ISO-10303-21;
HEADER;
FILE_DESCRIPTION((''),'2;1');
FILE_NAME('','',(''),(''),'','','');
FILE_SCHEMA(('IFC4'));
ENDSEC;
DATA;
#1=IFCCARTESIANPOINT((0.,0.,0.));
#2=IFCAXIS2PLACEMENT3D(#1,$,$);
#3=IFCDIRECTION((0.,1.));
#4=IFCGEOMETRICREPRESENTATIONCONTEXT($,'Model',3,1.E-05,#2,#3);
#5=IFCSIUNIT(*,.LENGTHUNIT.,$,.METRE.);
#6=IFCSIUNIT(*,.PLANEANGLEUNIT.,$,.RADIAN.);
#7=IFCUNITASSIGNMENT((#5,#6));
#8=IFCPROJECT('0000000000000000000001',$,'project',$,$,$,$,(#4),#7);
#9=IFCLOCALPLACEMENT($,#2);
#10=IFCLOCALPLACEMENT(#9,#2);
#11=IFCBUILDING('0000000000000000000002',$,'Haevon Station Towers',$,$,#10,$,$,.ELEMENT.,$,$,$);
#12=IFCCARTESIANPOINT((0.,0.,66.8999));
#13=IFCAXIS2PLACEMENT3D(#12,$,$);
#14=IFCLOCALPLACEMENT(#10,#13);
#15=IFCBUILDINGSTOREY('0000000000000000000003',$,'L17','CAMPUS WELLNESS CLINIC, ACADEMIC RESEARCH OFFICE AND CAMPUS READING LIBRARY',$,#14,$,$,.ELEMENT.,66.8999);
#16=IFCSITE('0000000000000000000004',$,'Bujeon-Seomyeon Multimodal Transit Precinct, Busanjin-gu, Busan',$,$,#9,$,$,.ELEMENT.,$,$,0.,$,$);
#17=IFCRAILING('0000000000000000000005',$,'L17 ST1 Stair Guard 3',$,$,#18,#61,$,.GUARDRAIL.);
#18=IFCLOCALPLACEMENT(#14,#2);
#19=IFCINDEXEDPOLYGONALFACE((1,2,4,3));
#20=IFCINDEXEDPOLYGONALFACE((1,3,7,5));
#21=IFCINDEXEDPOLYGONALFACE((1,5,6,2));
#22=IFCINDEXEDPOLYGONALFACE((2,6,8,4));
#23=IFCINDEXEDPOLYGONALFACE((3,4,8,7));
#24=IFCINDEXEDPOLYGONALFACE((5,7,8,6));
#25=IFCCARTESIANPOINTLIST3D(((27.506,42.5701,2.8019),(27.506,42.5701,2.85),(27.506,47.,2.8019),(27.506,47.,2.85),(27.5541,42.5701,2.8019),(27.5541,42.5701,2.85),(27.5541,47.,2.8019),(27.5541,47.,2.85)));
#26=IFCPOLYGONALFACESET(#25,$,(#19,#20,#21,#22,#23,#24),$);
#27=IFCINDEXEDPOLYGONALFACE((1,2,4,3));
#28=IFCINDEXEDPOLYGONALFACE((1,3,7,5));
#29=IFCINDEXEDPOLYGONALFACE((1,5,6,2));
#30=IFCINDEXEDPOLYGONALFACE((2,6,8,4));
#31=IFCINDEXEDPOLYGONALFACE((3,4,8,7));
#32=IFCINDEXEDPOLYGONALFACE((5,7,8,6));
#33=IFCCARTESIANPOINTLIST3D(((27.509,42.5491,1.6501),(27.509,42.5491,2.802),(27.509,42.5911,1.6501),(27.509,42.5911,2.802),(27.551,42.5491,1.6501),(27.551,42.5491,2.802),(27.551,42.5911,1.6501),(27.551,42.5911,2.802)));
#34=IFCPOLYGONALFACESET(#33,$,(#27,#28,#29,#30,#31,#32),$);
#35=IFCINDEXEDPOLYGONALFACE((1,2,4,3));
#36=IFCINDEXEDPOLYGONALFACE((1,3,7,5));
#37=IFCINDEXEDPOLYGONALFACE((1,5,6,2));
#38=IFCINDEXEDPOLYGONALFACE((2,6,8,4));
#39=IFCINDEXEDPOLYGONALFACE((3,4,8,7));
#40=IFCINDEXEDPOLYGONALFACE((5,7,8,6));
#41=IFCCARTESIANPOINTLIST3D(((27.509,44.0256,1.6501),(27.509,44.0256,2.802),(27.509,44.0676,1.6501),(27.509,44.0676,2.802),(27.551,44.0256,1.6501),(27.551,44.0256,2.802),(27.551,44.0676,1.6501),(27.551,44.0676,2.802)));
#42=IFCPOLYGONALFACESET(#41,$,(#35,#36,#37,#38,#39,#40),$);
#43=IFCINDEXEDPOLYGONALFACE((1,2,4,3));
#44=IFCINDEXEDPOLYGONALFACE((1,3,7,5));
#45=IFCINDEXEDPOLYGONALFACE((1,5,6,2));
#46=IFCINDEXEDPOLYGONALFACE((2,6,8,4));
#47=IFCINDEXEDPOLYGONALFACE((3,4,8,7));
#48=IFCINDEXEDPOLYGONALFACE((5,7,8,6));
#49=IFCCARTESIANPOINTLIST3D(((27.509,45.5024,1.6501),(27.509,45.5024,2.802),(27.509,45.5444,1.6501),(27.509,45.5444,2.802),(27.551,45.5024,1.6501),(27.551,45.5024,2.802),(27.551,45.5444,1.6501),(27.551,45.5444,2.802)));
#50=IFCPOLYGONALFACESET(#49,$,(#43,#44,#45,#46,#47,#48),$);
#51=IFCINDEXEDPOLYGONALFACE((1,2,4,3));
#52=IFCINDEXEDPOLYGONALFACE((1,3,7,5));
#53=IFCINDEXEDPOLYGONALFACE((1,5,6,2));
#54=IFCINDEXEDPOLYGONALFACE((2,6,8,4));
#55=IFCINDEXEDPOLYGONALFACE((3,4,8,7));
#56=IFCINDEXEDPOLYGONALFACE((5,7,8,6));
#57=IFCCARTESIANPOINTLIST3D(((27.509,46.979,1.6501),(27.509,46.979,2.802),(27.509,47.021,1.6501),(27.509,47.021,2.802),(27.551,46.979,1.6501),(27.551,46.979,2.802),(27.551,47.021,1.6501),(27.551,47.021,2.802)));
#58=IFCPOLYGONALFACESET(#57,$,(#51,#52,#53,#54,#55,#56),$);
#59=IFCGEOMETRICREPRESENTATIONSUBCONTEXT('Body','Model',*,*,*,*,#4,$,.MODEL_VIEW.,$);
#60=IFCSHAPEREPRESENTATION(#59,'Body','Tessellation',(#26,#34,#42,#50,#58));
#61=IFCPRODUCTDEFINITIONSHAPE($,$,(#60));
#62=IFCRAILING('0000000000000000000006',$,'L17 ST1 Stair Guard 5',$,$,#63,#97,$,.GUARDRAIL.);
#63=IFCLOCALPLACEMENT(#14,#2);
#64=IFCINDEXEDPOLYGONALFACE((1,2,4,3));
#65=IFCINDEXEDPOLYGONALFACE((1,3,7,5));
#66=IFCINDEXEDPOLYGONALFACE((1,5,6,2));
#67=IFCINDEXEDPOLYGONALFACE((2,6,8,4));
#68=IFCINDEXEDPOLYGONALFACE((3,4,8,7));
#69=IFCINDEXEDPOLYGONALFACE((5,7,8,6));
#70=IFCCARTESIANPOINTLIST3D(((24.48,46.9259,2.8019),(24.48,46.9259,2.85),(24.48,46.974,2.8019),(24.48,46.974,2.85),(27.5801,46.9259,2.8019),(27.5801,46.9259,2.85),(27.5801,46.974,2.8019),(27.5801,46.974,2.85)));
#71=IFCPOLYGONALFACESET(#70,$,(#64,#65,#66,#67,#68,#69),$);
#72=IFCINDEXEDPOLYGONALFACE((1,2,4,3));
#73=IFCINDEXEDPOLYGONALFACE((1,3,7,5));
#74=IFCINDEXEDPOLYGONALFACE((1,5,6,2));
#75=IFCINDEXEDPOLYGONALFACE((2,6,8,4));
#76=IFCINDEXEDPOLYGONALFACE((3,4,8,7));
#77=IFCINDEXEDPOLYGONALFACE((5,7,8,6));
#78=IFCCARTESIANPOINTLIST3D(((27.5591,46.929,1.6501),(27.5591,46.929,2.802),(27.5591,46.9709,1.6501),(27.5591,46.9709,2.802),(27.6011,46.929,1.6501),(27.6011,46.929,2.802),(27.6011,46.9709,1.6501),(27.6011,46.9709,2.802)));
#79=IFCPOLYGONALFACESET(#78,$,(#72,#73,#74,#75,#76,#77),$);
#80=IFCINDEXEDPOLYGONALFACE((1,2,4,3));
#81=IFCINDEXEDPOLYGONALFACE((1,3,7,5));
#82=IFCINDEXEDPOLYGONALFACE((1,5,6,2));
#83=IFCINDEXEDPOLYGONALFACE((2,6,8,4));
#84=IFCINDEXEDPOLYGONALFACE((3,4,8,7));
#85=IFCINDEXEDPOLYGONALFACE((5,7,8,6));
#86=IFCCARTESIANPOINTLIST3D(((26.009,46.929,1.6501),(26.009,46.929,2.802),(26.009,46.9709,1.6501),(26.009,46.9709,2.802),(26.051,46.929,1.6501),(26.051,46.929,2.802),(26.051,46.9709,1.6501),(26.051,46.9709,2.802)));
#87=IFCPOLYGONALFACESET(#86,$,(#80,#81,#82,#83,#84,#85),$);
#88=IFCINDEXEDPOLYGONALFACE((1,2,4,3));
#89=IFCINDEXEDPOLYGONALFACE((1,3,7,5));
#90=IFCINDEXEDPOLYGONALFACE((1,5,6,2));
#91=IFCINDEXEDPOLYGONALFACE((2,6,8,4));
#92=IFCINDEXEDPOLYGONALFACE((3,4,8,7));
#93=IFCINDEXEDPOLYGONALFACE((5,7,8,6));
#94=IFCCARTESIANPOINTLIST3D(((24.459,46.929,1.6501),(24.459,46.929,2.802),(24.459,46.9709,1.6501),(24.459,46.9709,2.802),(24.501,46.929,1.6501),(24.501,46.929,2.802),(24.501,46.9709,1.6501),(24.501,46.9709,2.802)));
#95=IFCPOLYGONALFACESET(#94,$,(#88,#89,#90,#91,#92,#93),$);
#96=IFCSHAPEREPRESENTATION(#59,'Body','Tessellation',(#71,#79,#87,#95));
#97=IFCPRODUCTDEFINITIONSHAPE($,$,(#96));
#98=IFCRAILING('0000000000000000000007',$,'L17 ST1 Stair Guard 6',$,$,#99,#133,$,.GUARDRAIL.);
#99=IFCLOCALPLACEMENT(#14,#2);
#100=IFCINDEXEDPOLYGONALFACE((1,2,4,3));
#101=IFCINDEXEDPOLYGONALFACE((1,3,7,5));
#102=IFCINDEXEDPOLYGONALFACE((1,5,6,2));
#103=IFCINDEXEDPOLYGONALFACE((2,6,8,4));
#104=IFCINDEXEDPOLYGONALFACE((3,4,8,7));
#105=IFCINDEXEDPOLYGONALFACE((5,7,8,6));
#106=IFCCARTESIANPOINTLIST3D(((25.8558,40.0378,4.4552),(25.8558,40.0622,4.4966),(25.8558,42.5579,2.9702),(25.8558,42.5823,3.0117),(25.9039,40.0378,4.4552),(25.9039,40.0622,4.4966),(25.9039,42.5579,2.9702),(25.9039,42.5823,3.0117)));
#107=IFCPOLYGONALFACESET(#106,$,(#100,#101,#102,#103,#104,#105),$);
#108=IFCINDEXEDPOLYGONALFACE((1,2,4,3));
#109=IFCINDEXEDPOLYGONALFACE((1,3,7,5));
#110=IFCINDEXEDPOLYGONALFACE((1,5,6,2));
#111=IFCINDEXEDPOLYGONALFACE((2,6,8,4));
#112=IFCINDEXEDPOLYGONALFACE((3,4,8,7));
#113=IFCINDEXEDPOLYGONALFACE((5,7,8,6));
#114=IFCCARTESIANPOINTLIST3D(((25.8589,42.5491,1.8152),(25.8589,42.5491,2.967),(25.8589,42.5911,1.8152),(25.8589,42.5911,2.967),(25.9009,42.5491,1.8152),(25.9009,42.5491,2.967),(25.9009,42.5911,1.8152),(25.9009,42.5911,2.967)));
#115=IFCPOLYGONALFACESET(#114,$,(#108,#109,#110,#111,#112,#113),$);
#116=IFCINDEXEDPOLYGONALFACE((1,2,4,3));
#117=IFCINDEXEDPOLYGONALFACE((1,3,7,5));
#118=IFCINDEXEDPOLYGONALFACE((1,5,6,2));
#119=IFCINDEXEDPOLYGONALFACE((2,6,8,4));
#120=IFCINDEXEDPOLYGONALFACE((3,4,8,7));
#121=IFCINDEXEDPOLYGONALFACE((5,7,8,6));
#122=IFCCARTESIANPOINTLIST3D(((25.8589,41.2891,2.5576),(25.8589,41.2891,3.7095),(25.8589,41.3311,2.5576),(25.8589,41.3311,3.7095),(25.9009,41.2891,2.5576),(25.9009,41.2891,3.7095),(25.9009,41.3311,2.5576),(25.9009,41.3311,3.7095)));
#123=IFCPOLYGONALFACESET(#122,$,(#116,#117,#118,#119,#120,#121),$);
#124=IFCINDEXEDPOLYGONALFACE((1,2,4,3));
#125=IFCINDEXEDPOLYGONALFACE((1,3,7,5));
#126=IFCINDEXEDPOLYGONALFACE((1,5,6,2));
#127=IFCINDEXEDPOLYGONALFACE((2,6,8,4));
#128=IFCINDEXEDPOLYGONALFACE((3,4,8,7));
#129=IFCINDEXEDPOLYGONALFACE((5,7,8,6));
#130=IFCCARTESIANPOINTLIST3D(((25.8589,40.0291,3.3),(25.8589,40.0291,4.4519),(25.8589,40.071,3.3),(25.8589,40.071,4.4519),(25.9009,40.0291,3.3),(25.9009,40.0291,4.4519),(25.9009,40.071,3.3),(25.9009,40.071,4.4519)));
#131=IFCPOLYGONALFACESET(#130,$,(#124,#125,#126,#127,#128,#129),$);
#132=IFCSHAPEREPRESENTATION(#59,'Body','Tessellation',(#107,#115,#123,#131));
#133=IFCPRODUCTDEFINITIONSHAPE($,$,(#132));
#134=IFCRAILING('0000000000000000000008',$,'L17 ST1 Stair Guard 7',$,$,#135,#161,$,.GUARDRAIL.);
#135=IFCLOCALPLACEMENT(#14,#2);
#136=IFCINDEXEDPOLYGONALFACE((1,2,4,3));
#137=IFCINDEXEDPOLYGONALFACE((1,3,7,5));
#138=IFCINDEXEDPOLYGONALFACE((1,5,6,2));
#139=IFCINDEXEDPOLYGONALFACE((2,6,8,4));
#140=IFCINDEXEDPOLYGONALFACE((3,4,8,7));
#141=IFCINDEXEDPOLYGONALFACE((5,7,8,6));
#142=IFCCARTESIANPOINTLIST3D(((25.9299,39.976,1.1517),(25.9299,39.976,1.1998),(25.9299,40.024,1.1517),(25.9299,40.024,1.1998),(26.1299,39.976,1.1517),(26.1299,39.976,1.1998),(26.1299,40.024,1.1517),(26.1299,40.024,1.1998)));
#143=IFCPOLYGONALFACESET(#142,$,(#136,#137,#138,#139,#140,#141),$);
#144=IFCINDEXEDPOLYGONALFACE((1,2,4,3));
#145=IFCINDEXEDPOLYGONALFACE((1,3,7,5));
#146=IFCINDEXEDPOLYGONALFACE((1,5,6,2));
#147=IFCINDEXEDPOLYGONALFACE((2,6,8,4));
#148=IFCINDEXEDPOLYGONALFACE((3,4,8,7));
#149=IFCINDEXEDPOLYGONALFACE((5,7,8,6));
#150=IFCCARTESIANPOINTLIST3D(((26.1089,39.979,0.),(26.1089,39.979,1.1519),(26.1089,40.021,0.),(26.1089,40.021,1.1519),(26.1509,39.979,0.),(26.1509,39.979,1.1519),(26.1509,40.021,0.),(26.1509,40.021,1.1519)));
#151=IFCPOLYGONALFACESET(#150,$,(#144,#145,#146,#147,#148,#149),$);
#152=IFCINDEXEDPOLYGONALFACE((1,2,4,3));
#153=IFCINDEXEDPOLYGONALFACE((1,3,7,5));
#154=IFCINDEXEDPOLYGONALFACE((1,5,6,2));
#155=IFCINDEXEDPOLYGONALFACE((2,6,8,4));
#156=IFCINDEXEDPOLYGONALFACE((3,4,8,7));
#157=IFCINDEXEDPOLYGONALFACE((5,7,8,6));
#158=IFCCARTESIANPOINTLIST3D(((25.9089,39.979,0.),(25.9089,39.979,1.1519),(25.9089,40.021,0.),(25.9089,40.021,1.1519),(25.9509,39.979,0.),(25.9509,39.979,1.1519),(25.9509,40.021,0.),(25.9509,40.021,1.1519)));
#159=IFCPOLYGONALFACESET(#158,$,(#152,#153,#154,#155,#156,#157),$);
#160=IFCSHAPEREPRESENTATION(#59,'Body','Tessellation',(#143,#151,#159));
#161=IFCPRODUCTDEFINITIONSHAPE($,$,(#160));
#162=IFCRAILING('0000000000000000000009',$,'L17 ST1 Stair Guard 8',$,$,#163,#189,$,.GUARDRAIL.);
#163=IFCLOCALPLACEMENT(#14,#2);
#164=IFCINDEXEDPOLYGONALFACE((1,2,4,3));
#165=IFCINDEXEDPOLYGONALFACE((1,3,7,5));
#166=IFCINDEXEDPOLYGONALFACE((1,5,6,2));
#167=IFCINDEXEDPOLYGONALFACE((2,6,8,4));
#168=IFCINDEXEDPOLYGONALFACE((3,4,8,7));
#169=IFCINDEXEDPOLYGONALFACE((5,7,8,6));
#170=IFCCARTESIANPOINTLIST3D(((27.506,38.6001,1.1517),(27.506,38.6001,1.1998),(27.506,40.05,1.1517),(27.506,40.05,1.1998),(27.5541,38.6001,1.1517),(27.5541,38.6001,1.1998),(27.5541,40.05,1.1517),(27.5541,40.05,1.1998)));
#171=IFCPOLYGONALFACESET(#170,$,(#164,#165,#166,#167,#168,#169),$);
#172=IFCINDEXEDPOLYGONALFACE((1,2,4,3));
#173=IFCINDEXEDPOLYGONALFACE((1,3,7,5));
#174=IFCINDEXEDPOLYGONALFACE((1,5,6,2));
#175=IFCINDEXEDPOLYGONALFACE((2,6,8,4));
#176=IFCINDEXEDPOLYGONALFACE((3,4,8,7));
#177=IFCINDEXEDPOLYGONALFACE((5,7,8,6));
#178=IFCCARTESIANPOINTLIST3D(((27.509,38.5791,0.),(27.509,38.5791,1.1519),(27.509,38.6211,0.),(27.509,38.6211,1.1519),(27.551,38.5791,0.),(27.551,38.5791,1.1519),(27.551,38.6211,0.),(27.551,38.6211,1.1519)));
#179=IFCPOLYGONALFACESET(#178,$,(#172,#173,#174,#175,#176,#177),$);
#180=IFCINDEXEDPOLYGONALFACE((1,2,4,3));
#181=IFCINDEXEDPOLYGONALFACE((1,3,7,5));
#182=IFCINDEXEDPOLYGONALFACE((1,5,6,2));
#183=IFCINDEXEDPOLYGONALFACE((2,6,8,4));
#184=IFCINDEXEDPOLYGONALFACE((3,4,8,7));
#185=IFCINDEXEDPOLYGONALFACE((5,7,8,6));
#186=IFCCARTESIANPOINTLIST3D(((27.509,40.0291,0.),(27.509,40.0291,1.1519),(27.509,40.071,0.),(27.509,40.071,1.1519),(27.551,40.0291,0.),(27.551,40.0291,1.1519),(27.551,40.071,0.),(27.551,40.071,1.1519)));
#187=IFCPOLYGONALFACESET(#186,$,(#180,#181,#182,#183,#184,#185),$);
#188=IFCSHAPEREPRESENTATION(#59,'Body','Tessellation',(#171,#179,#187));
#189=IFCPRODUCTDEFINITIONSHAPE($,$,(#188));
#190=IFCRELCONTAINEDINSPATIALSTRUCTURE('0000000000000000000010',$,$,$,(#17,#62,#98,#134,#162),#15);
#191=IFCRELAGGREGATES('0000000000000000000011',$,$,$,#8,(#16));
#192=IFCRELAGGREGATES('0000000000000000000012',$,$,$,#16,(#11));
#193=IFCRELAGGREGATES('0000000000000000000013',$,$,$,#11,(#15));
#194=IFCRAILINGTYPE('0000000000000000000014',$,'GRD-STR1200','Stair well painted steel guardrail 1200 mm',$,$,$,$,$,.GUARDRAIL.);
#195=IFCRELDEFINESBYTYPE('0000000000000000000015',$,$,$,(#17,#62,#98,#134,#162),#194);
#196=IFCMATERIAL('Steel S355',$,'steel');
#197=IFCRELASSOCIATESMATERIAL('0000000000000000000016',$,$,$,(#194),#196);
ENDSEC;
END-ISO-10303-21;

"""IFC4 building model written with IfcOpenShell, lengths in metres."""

from ifc_helpers import new_model, si_unit, direction, frame, origin, origin_2d, place, context, subcontext, project, spatial, rectangle, extrude, material, type_object, element, save


model = new_model("IFC4")

# Units and contexts
model_context = context("Model", 3, precision=1e-05, world=origin(), true_north=direction((0.0, 1.0)))
body_context = subcontext(model_context, "Body", "Model", "MODEL_VIEW")
ifc_project = project(units=[si_unit("LENGTHUNIT", "METRE"), si_unit("PLANEANGLEUNIT", "RADIAN")], contexts=[model_context])

# Site, building, storey
site_placement = place(None, origin())
site = spatial("IfcSite", under=ifc_project, at=site_placement, Name="Bujeon-Seomyeon Multimodal Transit Precinct, Busanjin-gu, Busan", CompositionType="ELEMENT", RefElevation=0.0)
building_placement = place(site_placement, origin())
building = spatial("IfcBuilding", under=site, at=building_placement, Name="Haevon Station Towers", CompositionType="ELEMENT")
storey_placement = place(building_placement, frame((0.0, 0.0, 66.8999)))
storey = spatial("IfcBuildingStorey", under=building, at=storey_placement, Name="L17", Description="CAMPUS WELLNESS CLINIC, ACADEMIC RESEARCH OFFICE AND CAMPUS READING LIBRARY", CompositionType="ELEMENT", Elevation=66.8999)

# Shared definitions
ifc_material_1 = material(Name="Steel S355", Category="steel")

# Railings
railing_type_1 = type_object("IfcRailingType", Name="GRD-STR1200", Description="Stair well painted steel guardrail 1200 mm", PredefinedType="GUARDRAIL", material=ifc_material_1)
railing_1_placement = place(storey_placement, frame((27.53, 42.5701, 1.6501)))
element("IfcRailing", 1, at=railing_1_placement, inside=storey, type_object=railing_type_1, Name="L17 ST1 Stair Guard 3", PredefinedType="GUARDRAIL", context=body_context, shape_type="SweptSolid", body=[
    extrude(rectangle(XDim=0.0481, YDim=0.0481, at=origin_2d()), frame((0.0, 0.0, 1.1758), z_axis=(0.0, 1.0, 0.0), x_axis=(-1.0, 0.0, 0.0)), (0.0, 0.0, 1.0), 4.4299),
    extrude(rectangle(XDim=0.042, YDim=0.042, at=origin_2d()), origin(), (0.0, 0.0, 1.0), 1.1519),
    extrude(rectangle(XDim=0.042, YDim=0.042, at=origin_2d()), frame((0.0, 1.4766, 0.0)), (0.0, 0.0, 1.0), 1.1519),
    extrude(rectangle(XDim=0.042, YDim=0.042, at=origin_2d()), frame((0.0, 2.9534, 0.0)), (0.0, 0.0, 1.0), 1.1519),
    extrude(rectangle(XDim=0.042, YDim=0.042, at=origin_2d()), frame((0.0, 4.4299, 0.0)), (0.0, 0.0, 1.0), 1.1519),
])
railing_2_placement = place(storey_placement, frame((27.5801, 46.95, 1.6501)))
element("IfcRailing", 2, at=railing_2_placement, inside=storey, type_object=railing_type_1, Name="L17 ST1 Stair Guard 5", PredefinedType="GUARDRAIL", context=body_context, shape_type="SweptSolid", body=[
    extrude(rectangle(XDim=0.0481, YDim=0.0481, at=origin_2d()), frame((0.0, 0.0, 1.1758), z_axis=(-1.0, 0.0, 0.0), x_axis=(0.0, -1.0, 0.0)), (0.0, 0.0, 1.0), 3.1001),
    extrude(rectangle(XDim=0.042, YDim=0.042, at=origin_2d()), origin(), (0.0, 0.0, 1.0), 1.1519),
    extrude(rectangle(XDim=0.042, YDim=0.042, at=origin_2d()), frame((-1.55, 0.0, 0.0)), (0.0, 0.0, 1.0), 1.1519),
    extrude(rectangle(XDim=0.042, YDim=0.042, at=origin_2d()), frame((-3.1001, 0.0, 0.0)), (0.0, 0.0, 1.0), 1.1519),
])
railing_3_placement = place(storey_placement, frame((25.8799, 42.5701, 1.8152)))
element("IfcRailing", 3, at=railing_3_placement, inside=storey, type_object=railing_type_1, Name="L17 ST1 Stair Guard 6", PredefinedType="GUARDRAIL", context=body_context, shape_type="SweptSolid", body=[
    extrude(rectangle(XDim=0.0481, YDim=0.0481, at=origin_2d()), frame((0.0, 0.0, 1.1758), z_axis=(0.0, -0.861561, 0.507655), x_axis=(1.0, 0.0, 0.0)), (0.0, 0.0, 1.0), 2.925),
    extrude(rectangle(XDim=0.042, YDim=0.042, at=origin_2d()), origin(), (0.0, 0.0, 1.0), 1.1519),
    extrude(rectangle(XDim=0.042, YDim=0.042, at=origin_2d()), frame((0.0, -1.26, 0.7424)), (0.0, 0.0, 1.0), 1.1519),
    extrude(rectangle(XDim=0.042, YDim=0.042, at=origin_2d()), frame((0.0, -2.52, 1.4849)), (0.0, 0.0, 1.0), 1.1519),
])
railing_4_placement = place(storey_placement, frame((26.1299, 40.0, 0.0)))
element("IfcRailing", 4, at=railing_4_placement, inside=storey, type_object=railing_type_1, Name="L17 ST1 Stair Guard 7", PredefinedType="GUARDRAIL", context=body_context, shape_type="SweptSolid", body=[
    extrude(rectangle(XDim=0.0481, YDim=0.0481, at=origin_2d()), frame((0.0, 0.0, 1.1758), z_axis=(-1.0, 0.0, 0.0), x_axis=(0.0, -1.0, 0.0)), (0.0, 0.0, 1.0), 0.2),
    extrude(rectangle(XDim=0.042, YDim=0.042, at=origin_2d()), origin(), (0.0, 0.0, 1.0), 1.1519),
    extrude(rectangle(XDim=0.042, YDim=0.042, at=origin_2d()), frame((-0.2, 0.0, 0.0)), (0.0, 0.0, 1.0), 1.1519),
])
railing_5_placement = place(storey_placement, frame((27.53, 38.6001, 0.0)))
element("IfcRailing", 5, at=railing_5_placement, inside=storey, type_object=railing_type_1, Name="L17 ST1 Stair Guard 8", PredefinedType="GUARDRAIL", context=body_context, shape_type="SweptSolid", body=[
    extrude(rectangle(XDim=0.0481, YDim=0.0481, at=origin_2d()), frame((0.0, 0.0, 1.1758), z_axis=(0.0, 1.0, 0.0), x_axis=(-1.0, 0.0, 0.0)), (0.0, 0.0, 1.0), 1.45),
    extrude(rectangle(XDim=0.042, YDim=0.042, at=origin_2d()), origin(), (0.0, 0.0, 1.0), 1.1519),
    extrude(rectangle(XDim=0.042, YDim=0.042, at=origin_2d()), frame((0.0, 1.45, 0.0)), (0.0, 0.0, 1.0), 1.1519),
])

save(model, "model.ifc")
